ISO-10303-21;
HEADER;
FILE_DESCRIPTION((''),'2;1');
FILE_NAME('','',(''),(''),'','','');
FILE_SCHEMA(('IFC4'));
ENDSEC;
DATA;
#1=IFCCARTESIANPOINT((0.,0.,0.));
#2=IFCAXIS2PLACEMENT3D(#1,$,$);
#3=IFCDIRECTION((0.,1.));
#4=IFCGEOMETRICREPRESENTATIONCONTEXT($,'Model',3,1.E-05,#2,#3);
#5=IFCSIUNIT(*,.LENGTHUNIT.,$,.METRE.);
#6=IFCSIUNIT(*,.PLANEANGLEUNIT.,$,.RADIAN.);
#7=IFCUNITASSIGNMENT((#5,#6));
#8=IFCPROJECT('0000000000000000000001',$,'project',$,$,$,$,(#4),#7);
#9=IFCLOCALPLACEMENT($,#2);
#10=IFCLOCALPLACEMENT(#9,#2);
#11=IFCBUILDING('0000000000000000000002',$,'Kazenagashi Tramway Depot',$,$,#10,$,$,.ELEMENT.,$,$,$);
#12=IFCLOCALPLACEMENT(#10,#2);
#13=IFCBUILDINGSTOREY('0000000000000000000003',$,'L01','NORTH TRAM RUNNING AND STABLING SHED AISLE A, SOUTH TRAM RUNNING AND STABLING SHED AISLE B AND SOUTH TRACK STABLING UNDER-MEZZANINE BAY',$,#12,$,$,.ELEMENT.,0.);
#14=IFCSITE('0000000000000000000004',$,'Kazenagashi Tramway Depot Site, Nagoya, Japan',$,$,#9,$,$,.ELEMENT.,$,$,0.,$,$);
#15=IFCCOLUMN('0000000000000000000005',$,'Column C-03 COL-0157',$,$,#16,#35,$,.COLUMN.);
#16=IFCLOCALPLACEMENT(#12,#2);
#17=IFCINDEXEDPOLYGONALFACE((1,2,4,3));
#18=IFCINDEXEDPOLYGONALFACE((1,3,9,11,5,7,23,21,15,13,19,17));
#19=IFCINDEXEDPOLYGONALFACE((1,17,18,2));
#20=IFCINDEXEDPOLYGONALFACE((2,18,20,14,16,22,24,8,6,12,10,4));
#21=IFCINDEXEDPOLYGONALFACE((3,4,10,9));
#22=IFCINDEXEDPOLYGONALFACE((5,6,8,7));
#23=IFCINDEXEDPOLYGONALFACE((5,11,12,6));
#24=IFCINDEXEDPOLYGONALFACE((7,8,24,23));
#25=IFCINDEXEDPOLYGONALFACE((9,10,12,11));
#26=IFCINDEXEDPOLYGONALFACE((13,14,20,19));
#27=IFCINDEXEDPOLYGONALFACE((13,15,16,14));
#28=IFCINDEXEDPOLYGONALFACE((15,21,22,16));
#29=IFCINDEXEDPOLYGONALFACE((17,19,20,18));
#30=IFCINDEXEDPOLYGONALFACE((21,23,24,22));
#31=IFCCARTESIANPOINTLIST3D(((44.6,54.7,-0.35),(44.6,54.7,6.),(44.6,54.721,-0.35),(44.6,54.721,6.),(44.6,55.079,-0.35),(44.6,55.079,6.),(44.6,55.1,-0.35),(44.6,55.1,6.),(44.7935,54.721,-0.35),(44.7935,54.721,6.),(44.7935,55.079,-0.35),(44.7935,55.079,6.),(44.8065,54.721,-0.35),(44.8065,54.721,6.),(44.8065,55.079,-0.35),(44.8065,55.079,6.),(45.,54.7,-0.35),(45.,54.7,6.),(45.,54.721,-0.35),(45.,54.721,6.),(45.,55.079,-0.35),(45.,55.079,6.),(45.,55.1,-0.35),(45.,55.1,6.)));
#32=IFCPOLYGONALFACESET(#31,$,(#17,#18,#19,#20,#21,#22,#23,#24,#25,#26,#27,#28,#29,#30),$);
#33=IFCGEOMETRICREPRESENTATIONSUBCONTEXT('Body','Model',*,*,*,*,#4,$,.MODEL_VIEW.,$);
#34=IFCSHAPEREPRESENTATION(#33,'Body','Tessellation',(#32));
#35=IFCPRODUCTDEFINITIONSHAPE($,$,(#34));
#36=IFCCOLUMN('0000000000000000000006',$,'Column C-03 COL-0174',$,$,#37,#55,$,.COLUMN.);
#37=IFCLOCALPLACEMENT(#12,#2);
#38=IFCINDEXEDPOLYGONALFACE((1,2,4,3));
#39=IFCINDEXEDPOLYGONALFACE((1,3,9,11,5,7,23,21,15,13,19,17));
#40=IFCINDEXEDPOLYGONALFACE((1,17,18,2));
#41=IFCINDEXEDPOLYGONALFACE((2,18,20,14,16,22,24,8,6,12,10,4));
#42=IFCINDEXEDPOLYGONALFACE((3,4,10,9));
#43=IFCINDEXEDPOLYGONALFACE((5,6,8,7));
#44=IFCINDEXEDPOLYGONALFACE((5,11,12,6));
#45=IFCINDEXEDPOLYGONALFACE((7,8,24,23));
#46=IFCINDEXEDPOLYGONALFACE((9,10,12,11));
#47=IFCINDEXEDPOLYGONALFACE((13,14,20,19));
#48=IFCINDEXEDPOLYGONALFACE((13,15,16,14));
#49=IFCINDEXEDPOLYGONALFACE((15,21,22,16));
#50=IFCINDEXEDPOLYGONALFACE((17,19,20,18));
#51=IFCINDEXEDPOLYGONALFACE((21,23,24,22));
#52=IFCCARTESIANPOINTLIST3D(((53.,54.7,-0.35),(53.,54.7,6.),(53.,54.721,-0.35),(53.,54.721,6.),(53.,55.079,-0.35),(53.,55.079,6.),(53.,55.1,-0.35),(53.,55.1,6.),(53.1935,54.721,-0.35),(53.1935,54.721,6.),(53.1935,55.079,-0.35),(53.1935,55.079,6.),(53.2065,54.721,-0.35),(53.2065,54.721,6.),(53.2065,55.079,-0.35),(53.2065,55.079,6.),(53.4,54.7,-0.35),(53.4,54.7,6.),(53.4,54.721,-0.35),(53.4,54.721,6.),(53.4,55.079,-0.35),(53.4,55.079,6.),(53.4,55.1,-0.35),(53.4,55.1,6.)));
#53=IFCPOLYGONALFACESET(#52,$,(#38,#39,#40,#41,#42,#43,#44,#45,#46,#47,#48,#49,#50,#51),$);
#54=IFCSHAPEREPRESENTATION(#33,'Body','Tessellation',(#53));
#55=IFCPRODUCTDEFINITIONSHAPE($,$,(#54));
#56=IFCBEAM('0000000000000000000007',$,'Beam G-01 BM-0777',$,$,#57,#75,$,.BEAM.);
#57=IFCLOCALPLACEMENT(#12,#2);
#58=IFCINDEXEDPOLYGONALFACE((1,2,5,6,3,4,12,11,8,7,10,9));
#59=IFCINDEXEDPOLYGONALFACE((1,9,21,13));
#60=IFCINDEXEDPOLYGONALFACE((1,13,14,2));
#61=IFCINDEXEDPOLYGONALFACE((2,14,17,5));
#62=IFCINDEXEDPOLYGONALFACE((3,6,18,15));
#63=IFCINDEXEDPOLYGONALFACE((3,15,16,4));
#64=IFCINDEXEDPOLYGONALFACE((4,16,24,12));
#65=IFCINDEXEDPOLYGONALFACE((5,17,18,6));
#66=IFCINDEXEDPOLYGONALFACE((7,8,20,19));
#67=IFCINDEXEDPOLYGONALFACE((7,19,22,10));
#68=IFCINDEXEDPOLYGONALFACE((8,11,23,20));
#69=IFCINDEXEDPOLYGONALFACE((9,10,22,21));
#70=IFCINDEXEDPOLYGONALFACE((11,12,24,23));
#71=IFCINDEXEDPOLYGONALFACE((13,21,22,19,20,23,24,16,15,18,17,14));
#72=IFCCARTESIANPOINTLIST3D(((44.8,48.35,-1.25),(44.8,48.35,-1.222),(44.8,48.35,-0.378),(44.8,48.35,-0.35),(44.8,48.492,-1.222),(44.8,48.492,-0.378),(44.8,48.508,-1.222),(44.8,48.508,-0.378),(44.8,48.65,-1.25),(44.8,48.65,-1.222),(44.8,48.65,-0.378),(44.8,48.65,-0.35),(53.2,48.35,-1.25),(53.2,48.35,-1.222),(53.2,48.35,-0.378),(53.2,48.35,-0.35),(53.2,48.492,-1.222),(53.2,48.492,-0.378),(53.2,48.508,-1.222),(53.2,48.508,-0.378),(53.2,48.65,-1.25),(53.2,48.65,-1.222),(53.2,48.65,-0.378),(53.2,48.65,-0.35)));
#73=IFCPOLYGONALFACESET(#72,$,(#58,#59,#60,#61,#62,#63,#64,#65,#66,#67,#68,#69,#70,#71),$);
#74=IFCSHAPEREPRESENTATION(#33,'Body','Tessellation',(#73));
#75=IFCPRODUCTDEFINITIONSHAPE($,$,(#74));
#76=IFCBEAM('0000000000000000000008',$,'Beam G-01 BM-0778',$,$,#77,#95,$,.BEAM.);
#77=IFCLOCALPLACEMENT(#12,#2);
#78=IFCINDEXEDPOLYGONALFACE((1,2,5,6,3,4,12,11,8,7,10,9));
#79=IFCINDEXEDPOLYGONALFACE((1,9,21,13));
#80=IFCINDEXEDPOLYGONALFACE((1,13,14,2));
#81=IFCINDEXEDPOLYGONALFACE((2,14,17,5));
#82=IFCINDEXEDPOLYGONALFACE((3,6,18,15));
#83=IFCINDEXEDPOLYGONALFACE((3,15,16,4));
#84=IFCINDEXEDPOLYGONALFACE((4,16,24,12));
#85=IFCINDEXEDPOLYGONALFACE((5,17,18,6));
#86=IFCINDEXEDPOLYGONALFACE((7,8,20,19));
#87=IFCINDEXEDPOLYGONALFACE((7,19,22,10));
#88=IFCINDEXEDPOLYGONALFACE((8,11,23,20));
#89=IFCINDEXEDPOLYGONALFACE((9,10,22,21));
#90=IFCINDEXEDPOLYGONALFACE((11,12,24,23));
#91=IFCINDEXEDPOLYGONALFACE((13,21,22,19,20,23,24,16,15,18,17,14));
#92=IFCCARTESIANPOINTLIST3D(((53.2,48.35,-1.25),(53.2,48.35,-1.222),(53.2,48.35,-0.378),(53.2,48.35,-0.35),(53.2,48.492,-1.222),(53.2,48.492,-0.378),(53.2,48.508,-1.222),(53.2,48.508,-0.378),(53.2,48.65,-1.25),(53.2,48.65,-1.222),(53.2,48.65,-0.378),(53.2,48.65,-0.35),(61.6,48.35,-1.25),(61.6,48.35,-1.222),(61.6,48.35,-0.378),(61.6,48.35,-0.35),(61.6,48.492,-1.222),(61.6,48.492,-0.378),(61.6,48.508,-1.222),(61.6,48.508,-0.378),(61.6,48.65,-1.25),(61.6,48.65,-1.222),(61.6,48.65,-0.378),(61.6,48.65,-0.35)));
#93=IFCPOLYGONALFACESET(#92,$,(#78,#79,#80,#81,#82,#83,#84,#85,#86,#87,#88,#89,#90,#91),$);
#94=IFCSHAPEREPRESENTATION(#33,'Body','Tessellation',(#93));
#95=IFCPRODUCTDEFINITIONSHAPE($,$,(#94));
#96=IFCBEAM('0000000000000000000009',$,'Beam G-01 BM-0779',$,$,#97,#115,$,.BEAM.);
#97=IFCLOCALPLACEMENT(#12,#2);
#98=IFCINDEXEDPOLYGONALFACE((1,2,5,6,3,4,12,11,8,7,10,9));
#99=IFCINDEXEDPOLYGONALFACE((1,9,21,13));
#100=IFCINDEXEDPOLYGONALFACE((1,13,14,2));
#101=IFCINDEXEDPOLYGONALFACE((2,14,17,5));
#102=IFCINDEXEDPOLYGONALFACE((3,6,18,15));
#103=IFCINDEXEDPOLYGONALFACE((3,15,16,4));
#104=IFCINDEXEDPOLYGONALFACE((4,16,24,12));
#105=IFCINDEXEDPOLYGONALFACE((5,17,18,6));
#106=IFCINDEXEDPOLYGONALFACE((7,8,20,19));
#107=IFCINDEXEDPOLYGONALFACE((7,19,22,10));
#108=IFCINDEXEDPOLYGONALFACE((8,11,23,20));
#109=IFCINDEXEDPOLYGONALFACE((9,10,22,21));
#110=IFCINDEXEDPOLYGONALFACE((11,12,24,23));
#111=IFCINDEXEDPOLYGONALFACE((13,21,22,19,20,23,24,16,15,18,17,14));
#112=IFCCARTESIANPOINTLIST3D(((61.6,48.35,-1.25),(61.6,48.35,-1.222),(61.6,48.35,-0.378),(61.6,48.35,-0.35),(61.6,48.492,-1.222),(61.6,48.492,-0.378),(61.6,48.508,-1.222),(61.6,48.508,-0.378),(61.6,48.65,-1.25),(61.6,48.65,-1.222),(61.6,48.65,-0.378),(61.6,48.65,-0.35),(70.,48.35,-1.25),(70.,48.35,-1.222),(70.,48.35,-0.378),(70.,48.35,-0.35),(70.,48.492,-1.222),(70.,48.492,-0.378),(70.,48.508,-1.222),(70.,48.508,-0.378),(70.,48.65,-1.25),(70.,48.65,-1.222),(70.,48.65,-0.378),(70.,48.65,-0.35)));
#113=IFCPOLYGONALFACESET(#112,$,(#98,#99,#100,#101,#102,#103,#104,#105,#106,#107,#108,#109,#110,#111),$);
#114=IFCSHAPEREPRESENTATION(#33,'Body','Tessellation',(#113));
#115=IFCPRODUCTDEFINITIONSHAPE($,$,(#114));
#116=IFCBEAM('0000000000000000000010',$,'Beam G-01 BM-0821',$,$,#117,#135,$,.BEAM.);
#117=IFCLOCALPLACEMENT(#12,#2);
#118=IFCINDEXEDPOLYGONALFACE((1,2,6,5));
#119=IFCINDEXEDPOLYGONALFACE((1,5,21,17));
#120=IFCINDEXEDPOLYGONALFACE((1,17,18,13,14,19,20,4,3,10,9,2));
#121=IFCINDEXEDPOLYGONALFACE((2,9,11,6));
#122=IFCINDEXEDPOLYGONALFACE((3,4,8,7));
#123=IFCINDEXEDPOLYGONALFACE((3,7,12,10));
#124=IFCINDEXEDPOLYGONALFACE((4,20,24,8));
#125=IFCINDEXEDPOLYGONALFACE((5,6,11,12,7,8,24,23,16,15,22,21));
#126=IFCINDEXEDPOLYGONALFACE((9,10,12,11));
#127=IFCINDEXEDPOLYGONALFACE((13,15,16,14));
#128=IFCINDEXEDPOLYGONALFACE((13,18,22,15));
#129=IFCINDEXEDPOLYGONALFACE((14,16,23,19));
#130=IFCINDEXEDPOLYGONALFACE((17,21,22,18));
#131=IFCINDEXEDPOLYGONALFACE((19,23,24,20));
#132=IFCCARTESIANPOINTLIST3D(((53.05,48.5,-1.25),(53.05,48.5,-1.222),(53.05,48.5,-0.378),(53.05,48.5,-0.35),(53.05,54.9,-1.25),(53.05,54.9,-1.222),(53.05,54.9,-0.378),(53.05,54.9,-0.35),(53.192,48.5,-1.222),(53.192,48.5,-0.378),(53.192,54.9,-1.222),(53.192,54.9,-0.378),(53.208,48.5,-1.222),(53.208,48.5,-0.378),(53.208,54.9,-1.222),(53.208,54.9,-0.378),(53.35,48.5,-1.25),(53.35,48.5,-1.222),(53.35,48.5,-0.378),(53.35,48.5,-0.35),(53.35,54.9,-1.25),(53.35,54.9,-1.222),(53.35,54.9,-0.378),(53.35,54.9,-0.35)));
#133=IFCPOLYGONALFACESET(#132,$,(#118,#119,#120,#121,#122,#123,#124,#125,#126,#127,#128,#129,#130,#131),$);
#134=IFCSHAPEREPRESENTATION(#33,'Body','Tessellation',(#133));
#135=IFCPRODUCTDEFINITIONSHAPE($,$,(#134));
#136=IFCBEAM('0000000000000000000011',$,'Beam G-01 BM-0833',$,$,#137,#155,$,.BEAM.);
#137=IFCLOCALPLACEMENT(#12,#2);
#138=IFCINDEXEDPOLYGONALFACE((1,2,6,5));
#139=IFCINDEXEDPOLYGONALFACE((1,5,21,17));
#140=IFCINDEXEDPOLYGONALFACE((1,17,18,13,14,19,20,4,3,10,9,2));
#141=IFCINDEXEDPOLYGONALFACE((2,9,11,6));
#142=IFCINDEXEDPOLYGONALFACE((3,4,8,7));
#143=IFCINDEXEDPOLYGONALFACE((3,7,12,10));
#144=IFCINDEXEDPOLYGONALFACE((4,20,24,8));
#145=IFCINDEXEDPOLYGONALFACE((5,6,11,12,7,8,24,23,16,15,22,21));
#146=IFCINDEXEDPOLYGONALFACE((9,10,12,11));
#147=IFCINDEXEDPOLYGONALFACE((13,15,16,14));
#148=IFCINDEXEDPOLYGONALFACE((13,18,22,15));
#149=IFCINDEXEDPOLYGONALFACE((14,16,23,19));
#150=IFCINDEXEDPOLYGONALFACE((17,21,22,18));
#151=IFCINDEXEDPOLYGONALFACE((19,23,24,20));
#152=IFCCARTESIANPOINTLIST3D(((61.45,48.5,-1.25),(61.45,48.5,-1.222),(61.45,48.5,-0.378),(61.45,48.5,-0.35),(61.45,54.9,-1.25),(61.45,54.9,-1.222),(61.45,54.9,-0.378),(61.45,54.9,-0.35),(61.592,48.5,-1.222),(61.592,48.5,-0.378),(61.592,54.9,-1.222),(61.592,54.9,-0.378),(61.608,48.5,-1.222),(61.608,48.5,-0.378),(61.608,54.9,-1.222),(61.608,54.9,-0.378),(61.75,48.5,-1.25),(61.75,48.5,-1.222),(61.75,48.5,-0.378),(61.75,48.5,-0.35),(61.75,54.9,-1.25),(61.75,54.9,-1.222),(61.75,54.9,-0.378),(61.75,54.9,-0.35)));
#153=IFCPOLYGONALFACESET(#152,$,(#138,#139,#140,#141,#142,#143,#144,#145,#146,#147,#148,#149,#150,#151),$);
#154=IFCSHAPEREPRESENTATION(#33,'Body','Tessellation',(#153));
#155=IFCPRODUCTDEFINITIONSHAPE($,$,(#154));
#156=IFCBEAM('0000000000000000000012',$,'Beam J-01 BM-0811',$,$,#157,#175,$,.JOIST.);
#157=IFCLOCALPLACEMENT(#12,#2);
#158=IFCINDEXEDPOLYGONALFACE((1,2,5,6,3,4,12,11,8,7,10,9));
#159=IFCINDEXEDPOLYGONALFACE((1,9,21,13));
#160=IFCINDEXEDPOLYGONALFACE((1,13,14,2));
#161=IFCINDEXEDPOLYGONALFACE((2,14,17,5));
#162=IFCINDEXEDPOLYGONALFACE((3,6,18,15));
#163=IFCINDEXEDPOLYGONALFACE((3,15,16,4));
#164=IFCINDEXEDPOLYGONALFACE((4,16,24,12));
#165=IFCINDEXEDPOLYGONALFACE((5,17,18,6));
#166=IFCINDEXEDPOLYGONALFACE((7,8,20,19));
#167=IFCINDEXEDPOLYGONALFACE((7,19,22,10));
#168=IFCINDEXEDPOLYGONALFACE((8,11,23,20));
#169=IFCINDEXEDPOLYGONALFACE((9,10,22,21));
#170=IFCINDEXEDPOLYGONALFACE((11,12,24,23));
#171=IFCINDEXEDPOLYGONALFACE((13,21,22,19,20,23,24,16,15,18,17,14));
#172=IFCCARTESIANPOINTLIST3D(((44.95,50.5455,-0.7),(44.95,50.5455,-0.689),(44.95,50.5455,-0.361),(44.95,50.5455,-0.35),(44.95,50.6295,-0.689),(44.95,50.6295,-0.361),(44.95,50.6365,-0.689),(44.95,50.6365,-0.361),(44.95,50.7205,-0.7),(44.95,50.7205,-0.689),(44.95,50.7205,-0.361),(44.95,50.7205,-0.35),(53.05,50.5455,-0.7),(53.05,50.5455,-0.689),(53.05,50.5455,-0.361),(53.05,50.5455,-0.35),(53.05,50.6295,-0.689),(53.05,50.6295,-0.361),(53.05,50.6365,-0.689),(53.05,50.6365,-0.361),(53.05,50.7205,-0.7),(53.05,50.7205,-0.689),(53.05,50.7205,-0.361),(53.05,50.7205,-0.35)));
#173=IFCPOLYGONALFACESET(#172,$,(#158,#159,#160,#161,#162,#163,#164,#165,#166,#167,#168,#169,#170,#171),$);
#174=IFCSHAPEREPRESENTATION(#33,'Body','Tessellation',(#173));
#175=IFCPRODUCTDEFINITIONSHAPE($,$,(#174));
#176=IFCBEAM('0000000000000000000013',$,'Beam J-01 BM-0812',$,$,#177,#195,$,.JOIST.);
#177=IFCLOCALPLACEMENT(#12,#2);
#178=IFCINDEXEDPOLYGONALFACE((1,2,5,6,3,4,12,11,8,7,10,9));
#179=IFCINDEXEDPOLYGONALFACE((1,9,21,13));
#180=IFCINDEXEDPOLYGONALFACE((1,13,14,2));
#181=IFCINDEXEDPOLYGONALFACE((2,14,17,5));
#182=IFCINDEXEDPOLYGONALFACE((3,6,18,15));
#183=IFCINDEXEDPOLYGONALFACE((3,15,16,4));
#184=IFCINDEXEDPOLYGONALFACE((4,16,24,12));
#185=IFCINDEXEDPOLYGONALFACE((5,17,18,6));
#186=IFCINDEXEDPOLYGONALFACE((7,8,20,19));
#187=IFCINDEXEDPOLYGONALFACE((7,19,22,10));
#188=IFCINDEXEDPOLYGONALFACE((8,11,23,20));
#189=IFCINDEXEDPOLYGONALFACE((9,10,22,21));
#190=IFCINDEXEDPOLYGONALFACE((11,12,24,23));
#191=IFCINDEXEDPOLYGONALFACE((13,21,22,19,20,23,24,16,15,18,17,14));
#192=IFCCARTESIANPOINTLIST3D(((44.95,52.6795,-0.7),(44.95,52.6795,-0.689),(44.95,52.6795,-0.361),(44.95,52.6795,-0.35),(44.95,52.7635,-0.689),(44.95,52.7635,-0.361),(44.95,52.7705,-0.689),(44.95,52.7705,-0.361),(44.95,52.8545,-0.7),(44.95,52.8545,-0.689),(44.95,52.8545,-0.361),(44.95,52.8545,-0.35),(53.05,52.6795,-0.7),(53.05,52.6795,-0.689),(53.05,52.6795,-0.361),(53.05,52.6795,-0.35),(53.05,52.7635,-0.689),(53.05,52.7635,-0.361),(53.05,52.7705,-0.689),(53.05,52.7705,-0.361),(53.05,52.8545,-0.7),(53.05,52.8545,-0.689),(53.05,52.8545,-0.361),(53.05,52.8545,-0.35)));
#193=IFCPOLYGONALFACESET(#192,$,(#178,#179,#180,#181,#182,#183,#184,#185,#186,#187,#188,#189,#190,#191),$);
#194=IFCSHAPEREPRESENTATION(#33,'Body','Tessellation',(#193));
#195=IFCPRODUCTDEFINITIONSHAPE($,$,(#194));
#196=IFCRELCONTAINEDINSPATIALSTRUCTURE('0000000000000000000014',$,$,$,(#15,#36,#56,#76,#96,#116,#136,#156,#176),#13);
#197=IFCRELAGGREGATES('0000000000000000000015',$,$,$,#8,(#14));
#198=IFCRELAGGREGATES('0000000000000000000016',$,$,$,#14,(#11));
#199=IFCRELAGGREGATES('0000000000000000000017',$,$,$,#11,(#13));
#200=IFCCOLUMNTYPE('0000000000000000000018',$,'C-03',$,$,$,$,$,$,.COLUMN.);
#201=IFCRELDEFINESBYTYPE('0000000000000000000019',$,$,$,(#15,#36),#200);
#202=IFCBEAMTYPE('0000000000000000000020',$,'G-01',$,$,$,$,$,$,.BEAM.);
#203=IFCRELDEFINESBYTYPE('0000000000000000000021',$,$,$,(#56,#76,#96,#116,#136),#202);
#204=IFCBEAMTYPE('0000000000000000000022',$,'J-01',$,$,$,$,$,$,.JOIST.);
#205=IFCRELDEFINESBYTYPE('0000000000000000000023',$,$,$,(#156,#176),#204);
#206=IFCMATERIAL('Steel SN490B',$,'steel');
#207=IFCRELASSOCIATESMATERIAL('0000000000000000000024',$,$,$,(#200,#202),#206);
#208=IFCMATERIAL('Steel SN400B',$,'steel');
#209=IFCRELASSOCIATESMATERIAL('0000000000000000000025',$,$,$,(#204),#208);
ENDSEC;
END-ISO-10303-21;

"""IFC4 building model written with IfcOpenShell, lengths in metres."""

from ifc_helpers import new_model, si_unit, direction, frame, origin, origin_2d, place, context, subcontext, project, spatial, i_section, extrude, material, material_profile, profile_set, type_object, element, save


model = new_model("IFC4")

# Units and contexts
model_context = context("Model", 3, precision=1e-05, world=origin(), true_north=direction((0.0, 1.0)))
body_context = subcontext(model_context, "Body", "Model", "MODEL_VIEW")
ifc_project = project(units=[si_unit("LENGTHUNIT", "METRE"), si_unit("PLANEANGLEUNIT", "RADIAN")], contexts=[model_context])

# Site, building, storey
site_placement = place(None, origin())
site = spatial("IfcSite", under=ifc_project, at=site_placement, Name="Kazenagashi Tramway Depot Site, Nagoya, Japan", CompositionType="ELEMENT", RefElevation=0.0)
building_placement = place(site_placement, origin())
building = spatial("IfcBuilding", under=site, at=building_placement, Name="Kazenagashi Tramway Depot", CompositionType="ELEMENT")
storey_placement = place(building_placement, origin())
storey = spatial("IfcBuildingStorey", under=building, at=storey_placement, Name="L01", Description="NORTH TRAM RUNNING AND STABLING SHED AISLE A, SOUTH TRAM RUNNING AND STABLING SHED AISLE B AND SOUTH TRACK STABLING UNDER-MEZZANINE BAY", CompositionType="ELEMENT", Elevation=0.0)

# Columns
ifc_material_1 = material(Name="Steel SN490B", Category="steel")
ifc_material_profile_1 = material_profile(ifc_material_1, i_section(OverallWidth=0.4, OverallDepth=0.4, WebThickness=0.013, FlangeThickness=0.021, at=origin_2d()), Name="H-400x400x13x21")
ifc_profile_set_1 = profile_set([ifc_material_profile_1], Name="Steel SN490B")
column_type = type_object("IfcColumnType", Name="C-03", PredefinedType="COLUMN", material=ifc_profile_set_1)
for number, where, z_axis, x_axis, name in (
    (1, (44.8, 54.9, -0.35), (0.0, 0.0, 1.0), (1.0, 0.0, 0.0), "Column C-03 COL-0157"),
    (2, (53.2, 54.9, -0.35), (0.0, 0.0, 1.0), (1.0, 0.0, 0.0), "Column C-03 COL-0174"),
):
    element("IfcColumn", number, at=place(storey_placement, frame(where, z_axis=z_axis, x_axis=x_axis)), inside=storey, type_object=column_type, Name=name, PredefinedType="COLUMN", context=body_context, shape_type="SweptSolid", body=[
        extrude(i_section(OverallWidth=0.4, OverallDepth=0.4, WebThickness=0.013, FlangeThickness=0.021, at=origin_2d()), origin(), (0.0, 0.0, 1.0), 6.35),
    ])

# Beams
ifc_material_profile_2 = material_profile(ifc_material_1, i_section(OverallWidth=0.3, OverallDepth=0.9, WebThickness=0.016, FlangeThickness=0.028, at=origin_2d()), Name="H-900x300x16x28")
ifc_profile_set_2 = profile_set([ifc_material_profile_2], Name="Steel SN490B")
beam_type_1 = type_object("IfcBeamType", Name="G-01", PredefinedType="BEAM", material=ifc_profile_set_2)
for number, where, z_axis, x_axis, name in (
    (3, (44.8, 48.5, -0.8), (1.0, 0.0, 0.0), (0.0, 1.0, 0.0), "Beam G-01 BM-0777"),
    (4, (53.2, 48.5, -0.8), (1.0, 0.0, 0.0), (0.0, 1.0, 0.0), "Beam G-01 BM-0778"),
    (5, (61.6, 48.5, -0.8), (1.0, 0.0, 0.0), (0.0, 1.0, 0.0), "Beam G-01 BM-0779"),
):
    element("IfcBeam", number, at=place(storey_placement, frame(where, z_axis=z_axis, x_axis=x_axis)), inside=storey, type_object=beam_type_1, Name=name, PredefinedType="BEAM", context=body_context, shape_type="SweptSolid", body=[
        extrude(i_section(OverallWidth=0.3, OverallDepth=0.9, WebThickness=0.016, FlangeThickness=0.028, at=origin_2d()), origin(), (0.0, 0.0, 1.0), 8.4),
    ])
for number, where, z_axis, x_axis, name in (
    (6, (53.2, 48.5, -0.8), (0.0, 1.0, 0.0), (-1.0, 0.0, 0.0), "Beam G-01 BM-0821"),
    (7, (61.6, 48.5, -0.8), (0.0, 1.0, 0.0), (-1.0, 0.0, 0.0), "Beam G-01 BM-0833"),
):
    element("IfcBeam", number, at=place(storey_placement, frame(where, z_axis=z_axis, x_axis=x_axis)), inside=storey, type_object=beam_type_1, Name=name, PredefinedType="BEAM", context=body_context, shape_type="SweptSolid", body=[
        extrude(i_section(OverallWidth=0.3, OverallDepth=0.9, WebThickness=0.016, FlangeThickness=0.028, at=origin_2d()), origin(), (0.0, 0.0, 1.0), 6.4),
    ])
ifc_material_2 = material(Name="Steel SN400B", Category="steel")
ifc_material_profile_3 = material_profile(ifc_material_2, i_section(OverallWidth=0.175, OverallDepth=0.35, WebThickness=0.007, FlangeThickness=0.011, at=origin_2d()), Name="H-350x175x7x11")
ifc_profile_set_3 = profile_set([ifc_material_profile_3], Name="Steel SN400B")
beam_type_2 = type_object("IfcBeamType", Name="J-01", PredefinedType="JOIST", material=ifc_profile_set_3)
for number, where, z_axis, x_axis, name in (
    (8, (44.95, 50.633, -0.525), (1.0, 0.0, 0.0), (0.0, 1.0, 0.0), "Beam J-01 BM-0811"),
    (9, (44.95, 52.767, -0.525), (1.0, 0.0, 0.0), (0.0, 1.0, 0.0), "Beam J-01 BM-0812"),
):
    element("IfcBeam", number, at=place(storey_placement, frame(where, z_axis=z_axis, x_axis=x_axis)), inside=storey, type_object=beam_type_2, Name=name, PredefinedType="JOIST", context=body_context, shape_type="SweptSolid", body=[
        extrude(i_section(OverallWidth=0.175, OverallDepth=0.35, WebThickness=0.007, FlangeThickness=0.011, at=origin_2d()), origin(), (0.0, 0.0, 1.0), 8.1),
    ])

save(model, "model.ifc")
